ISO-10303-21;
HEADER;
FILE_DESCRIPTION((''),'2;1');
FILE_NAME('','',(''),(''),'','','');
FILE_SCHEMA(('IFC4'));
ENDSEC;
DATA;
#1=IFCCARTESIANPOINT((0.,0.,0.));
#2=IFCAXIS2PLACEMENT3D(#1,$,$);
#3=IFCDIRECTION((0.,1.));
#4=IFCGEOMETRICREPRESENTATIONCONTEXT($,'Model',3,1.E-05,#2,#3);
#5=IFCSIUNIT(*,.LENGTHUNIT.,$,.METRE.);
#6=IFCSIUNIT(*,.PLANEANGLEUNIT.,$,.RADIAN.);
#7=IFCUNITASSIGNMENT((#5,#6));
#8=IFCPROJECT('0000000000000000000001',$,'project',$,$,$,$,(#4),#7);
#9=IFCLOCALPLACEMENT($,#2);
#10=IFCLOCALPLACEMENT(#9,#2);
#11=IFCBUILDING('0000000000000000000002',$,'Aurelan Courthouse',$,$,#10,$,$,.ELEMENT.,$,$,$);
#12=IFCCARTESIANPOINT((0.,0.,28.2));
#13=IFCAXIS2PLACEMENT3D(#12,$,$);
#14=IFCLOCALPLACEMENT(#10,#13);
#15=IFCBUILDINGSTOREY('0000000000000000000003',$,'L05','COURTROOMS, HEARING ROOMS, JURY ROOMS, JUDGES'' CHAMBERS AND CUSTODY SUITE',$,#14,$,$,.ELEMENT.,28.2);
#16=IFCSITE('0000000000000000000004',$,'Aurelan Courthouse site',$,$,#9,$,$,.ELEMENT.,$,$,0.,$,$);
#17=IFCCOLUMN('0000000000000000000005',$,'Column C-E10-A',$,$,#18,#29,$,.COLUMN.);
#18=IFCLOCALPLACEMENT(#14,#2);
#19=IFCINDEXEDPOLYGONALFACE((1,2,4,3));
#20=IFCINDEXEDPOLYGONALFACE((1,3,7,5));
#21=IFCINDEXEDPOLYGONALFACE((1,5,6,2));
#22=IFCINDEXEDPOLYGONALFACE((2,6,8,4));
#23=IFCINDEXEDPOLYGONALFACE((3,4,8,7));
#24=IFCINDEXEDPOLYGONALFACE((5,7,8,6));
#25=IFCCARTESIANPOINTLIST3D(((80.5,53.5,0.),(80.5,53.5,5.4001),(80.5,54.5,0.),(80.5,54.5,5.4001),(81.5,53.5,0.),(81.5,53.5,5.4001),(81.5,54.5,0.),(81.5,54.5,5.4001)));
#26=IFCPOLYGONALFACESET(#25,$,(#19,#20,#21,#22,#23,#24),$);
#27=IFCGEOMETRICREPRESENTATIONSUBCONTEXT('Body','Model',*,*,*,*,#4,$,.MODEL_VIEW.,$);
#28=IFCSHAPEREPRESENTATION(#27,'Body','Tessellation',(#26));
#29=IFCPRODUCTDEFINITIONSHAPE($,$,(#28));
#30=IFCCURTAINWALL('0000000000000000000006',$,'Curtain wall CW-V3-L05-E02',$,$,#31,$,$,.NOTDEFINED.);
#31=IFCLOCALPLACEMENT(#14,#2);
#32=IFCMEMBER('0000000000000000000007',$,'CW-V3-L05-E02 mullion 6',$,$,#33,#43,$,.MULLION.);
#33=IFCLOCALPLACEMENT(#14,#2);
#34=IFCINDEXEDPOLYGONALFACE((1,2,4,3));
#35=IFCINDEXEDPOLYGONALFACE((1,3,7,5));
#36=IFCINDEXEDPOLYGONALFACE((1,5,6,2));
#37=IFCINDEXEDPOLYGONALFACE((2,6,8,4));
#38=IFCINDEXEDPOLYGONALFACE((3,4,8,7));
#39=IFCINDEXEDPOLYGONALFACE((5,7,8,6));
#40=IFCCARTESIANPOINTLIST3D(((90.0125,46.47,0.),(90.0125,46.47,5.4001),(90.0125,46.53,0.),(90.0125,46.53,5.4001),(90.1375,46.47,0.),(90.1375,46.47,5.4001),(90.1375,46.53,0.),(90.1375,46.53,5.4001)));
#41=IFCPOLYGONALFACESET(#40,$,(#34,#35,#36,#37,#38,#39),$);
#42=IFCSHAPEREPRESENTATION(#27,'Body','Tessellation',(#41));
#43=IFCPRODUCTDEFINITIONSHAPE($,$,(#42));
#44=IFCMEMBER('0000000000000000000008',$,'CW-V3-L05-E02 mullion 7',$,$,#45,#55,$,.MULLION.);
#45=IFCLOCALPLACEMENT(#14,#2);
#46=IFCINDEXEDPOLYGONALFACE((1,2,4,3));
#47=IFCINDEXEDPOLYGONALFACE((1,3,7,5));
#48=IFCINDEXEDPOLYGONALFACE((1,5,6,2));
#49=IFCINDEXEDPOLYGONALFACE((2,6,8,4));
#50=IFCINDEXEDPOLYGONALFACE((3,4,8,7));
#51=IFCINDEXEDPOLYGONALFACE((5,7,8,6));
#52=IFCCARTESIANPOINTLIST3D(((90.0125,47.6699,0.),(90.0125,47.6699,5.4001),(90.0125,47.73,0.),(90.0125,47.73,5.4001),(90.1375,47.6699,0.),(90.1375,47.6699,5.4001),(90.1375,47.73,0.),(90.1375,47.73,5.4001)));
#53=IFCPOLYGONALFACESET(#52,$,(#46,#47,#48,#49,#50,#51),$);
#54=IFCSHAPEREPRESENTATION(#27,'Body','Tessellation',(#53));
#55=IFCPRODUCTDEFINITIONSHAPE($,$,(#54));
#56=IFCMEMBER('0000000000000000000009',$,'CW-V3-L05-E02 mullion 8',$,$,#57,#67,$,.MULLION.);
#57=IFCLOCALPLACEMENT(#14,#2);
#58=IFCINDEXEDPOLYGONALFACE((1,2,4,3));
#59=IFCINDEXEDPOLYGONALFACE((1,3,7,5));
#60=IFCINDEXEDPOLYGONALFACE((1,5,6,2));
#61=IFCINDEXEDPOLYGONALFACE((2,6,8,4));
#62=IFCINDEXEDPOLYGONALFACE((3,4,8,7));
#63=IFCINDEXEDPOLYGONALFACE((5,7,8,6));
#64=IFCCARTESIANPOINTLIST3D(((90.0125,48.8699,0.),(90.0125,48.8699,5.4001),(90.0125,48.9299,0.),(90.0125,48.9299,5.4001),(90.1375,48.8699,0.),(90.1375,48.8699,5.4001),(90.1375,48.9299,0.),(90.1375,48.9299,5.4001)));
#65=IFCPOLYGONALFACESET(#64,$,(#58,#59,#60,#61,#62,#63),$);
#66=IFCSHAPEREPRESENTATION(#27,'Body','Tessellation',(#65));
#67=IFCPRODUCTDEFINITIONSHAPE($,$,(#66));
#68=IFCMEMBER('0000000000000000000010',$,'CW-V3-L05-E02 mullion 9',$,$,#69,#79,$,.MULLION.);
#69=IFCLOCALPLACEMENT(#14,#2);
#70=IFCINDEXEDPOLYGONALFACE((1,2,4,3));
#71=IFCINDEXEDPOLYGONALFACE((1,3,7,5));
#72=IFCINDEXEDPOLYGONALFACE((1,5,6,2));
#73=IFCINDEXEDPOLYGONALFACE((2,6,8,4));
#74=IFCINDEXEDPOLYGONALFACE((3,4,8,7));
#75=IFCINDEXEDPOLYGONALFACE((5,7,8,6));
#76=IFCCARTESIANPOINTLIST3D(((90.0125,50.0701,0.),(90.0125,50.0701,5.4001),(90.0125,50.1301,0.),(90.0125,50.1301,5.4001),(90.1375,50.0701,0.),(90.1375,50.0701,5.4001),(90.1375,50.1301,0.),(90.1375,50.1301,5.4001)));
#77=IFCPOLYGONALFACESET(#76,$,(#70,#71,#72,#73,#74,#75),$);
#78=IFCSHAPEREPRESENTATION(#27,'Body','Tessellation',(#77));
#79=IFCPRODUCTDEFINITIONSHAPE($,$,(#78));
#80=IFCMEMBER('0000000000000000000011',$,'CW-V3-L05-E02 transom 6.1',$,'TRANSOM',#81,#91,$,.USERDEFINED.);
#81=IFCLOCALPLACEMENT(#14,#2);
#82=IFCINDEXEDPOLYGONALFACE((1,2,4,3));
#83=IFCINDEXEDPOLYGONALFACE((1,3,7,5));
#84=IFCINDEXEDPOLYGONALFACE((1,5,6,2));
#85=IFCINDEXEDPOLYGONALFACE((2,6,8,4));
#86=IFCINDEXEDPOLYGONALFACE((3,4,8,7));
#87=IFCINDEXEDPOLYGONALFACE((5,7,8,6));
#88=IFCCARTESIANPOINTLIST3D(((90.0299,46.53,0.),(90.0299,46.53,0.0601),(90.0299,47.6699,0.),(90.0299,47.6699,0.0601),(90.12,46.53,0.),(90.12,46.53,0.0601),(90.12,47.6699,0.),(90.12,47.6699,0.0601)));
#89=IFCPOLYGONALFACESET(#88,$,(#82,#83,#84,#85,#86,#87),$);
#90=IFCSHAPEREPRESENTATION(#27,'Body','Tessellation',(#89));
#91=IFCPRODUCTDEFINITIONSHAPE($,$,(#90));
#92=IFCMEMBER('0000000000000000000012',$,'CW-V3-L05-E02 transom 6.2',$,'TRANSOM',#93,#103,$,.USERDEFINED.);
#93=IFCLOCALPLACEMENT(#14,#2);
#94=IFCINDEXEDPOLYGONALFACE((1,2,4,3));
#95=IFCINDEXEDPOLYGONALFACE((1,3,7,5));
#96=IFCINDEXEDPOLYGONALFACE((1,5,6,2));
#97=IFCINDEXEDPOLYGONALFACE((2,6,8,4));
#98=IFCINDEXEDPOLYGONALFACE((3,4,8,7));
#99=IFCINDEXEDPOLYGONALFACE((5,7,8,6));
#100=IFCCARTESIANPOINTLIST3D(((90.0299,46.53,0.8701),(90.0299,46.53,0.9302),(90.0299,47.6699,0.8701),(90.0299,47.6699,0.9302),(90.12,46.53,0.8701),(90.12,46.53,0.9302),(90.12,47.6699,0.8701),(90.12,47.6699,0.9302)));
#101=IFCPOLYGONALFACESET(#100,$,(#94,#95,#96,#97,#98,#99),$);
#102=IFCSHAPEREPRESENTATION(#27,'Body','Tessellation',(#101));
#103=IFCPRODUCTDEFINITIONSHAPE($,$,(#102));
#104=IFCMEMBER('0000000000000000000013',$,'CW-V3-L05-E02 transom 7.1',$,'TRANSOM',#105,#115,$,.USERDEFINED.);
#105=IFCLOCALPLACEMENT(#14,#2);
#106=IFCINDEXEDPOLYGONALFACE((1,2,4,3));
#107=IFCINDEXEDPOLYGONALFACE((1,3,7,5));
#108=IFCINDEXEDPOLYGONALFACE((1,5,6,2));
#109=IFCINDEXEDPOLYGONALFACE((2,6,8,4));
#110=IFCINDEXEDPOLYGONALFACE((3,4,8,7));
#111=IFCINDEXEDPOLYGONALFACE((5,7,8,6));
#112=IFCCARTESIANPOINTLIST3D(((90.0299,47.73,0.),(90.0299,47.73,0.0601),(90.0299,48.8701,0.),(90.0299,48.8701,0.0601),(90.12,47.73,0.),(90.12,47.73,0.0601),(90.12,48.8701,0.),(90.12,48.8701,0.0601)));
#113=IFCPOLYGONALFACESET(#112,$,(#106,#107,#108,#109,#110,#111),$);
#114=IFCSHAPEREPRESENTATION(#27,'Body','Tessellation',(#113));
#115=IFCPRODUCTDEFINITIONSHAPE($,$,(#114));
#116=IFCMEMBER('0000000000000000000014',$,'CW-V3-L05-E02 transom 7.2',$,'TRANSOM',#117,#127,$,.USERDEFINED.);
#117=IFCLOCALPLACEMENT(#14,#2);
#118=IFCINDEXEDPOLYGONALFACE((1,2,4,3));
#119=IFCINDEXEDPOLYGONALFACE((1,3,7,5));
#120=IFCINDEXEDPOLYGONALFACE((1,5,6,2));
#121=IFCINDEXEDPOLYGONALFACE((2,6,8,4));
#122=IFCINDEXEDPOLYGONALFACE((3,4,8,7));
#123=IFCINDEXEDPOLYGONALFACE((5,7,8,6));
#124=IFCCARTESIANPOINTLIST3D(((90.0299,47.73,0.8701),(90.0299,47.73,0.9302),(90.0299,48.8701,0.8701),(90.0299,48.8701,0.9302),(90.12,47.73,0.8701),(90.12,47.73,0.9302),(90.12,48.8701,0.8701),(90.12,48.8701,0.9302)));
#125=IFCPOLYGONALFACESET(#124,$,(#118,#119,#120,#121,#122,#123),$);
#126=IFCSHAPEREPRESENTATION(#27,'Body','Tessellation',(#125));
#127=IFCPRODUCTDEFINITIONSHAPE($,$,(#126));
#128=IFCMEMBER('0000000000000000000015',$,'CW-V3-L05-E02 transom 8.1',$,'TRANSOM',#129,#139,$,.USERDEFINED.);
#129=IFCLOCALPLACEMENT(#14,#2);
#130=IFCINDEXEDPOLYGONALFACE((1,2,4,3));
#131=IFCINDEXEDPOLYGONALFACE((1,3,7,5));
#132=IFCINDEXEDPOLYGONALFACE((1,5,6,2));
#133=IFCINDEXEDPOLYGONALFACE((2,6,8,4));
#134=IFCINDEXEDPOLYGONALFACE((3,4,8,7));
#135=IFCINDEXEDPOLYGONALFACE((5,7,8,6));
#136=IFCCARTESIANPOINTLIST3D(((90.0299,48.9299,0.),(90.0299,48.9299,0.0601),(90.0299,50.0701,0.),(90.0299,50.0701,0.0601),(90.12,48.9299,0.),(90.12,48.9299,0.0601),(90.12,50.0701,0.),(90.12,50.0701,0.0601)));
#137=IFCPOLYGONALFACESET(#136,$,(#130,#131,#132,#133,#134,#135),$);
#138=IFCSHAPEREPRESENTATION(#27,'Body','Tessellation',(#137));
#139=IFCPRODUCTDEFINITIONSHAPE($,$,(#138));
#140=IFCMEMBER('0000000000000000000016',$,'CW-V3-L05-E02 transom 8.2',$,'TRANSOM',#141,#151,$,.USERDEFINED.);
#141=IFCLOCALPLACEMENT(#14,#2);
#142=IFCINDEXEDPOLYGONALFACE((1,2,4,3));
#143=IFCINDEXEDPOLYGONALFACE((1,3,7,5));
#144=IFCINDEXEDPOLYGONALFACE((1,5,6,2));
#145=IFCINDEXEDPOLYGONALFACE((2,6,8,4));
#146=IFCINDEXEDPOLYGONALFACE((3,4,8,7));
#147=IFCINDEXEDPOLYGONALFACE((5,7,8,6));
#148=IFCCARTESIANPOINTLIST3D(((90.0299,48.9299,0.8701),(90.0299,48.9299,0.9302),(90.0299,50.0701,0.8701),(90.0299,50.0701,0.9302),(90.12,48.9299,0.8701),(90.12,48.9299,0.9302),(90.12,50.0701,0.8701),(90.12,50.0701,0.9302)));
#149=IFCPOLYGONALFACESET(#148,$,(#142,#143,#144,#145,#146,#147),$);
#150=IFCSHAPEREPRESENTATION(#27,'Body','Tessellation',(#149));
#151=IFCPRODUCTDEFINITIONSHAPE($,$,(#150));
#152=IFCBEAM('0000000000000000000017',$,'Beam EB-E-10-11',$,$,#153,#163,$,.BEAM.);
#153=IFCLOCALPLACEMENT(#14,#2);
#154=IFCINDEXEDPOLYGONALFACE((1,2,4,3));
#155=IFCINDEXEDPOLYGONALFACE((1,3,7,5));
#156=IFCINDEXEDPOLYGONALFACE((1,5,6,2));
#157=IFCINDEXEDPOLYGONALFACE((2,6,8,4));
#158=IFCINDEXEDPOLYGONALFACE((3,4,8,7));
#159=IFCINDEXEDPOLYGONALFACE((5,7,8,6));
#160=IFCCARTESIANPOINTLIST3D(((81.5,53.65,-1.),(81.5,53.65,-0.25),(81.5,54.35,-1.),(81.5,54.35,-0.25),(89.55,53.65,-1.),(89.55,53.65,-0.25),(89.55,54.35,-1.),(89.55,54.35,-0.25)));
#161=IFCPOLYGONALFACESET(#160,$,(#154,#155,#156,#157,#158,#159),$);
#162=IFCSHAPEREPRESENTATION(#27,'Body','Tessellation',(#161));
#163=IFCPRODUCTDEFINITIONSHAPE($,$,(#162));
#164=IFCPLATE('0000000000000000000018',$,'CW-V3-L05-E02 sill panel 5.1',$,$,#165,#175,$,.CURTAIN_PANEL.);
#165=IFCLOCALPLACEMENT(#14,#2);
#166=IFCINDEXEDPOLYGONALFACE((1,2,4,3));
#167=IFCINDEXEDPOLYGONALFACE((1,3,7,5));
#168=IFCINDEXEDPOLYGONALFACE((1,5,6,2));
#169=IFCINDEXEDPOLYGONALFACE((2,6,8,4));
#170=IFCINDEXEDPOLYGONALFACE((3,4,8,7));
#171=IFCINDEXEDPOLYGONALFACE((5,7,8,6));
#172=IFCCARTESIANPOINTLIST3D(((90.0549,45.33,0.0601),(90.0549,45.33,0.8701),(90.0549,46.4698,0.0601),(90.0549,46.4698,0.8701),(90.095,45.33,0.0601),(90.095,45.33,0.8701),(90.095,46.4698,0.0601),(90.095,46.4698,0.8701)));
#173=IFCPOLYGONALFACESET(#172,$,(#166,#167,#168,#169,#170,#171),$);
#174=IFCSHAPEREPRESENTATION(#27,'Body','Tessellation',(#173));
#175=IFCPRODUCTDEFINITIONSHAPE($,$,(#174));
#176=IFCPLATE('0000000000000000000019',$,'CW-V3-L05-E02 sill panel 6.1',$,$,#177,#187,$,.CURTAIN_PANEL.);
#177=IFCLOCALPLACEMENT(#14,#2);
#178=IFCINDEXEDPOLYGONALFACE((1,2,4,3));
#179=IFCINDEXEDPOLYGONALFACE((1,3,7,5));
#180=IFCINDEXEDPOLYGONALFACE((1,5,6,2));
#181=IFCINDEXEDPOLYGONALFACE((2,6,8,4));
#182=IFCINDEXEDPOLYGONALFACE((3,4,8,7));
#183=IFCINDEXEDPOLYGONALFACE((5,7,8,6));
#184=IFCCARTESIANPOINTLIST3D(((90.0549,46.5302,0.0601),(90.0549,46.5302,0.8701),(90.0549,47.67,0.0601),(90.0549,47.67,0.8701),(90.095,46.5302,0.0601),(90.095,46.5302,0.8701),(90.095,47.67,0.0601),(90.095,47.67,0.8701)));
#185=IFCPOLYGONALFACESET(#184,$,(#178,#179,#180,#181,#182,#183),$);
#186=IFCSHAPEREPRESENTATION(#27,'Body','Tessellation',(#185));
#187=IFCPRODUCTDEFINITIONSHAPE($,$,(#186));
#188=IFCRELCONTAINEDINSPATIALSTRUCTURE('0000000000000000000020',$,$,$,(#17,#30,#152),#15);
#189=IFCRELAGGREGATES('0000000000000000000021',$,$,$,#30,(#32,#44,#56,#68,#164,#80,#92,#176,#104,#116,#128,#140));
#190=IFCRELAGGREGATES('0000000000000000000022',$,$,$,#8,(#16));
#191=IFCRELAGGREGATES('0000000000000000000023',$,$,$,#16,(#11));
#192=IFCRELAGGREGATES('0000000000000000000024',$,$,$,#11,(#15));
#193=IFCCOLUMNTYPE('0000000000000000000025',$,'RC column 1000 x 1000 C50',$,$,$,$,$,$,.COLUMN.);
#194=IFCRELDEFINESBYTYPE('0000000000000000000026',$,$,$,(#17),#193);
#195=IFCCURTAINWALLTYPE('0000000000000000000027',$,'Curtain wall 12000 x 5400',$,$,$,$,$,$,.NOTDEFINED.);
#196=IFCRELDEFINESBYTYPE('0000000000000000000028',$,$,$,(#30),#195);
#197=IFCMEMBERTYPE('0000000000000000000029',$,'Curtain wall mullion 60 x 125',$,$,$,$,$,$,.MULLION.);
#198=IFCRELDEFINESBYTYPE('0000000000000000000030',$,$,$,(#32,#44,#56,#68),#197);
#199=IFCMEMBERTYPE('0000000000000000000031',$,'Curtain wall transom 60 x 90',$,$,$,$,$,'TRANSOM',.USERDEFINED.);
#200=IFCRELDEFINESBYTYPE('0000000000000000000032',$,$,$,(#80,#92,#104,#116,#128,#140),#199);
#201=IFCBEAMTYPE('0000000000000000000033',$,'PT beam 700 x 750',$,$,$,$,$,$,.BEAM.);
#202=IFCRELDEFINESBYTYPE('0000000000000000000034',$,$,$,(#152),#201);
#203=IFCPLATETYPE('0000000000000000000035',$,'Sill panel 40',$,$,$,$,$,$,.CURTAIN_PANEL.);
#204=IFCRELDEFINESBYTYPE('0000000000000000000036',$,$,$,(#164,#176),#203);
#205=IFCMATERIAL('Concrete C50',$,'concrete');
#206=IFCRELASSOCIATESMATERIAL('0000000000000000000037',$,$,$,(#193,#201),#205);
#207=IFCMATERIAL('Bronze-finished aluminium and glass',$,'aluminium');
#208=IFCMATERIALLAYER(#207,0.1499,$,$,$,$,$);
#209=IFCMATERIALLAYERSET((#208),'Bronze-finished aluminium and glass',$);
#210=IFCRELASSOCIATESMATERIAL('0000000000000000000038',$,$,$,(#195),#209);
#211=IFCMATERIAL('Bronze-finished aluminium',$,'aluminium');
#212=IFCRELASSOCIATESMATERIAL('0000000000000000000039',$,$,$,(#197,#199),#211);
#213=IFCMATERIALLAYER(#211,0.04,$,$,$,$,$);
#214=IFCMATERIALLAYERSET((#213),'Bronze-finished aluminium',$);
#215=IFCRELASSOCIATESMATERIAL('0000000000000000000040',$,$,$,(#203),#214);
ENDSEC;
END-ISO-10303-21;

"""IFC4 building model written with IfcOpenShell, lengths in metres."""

from ifc_helpers import new_model, si_unit, direction, frame, origin, origin_2d, place, context, subcontext, project, spatial, rectangle, extrude, material, layer, layer_set, material_profile, profile_set, type_object, element, aggregate, save


model = new_model("IFC4")

# Units and contexts
model_context = context("Model", 3, precision=1e-05, world=origin(), true_north=direction((0.0, 1.0)))
body_context = subcontext(model_context, "Body", "Model", "MODEL_VIEW")
ifc_project = project(units=[si_unit("LENGTHUNIT", "METRE"), si_unit("PLANEANGLEUNIT", "RADIAN")], contexts=[model_context])

# Site, building, storey
site_placement = place(None, origin())
site = spatial("IfcSite", under=ifc_project, at=site_placement, Name="Aurelan Courthouse site", CompositionType="ELEMENT", RefElevation=0.0)
building_placement = place(site_placement, origin())
building = spatial("IfcBuilding", under=site, at=building_placement, Name="Aurelan Courthouse", CompositionType="ELEMENT")
storey_placement = place(building_placement, frame((0.0, 0.0, 28.2)))
storey = spatial("IfcBuildingStorey", under=building, at=storey_placement, Name="L05", Description="COURTROOMS, HEARING ROOMS, JURY ROOMS, JUDGES' CHAMBERS AND CUSTODY SUITE", CompositionType="ELEMENT", Elevation=28.2)

# Column
ifc_material_1 = material(Name="Concrete C50", Category="concrete")
ifc_material_profile_1 = material_profile(ifc_material_1, rectangle(XDim=1.0, YDim=1.0, at=origin_2d()), Name="RC 1000 x 1000")
ifc_profile_set_1 = profile_set([ifc_material_profile_1], Name="Concrete C50")
column_type = type_object("IfcColumnType", Name="RC column 1000 x 1000 C50", PredefinedType="COLUMN", material=ifc_profile_set_1)
column_placement = place(storey_placement, frame((81.0, 54.0, 0.0), z_axis=(0.0, 0.0, 1.0), x_axis=(1.0, 0.0, 0.0)))
element("IfcColumn", 1, at=column_placement, inside=storey, type_object=column_type, Name="Column C-E10-A", PredefinedType="COLUMN", context=body_context, shape_type="SweptSolid", body=[
    extrude(rectangle(XDim=1.0, YDim=1.0, at=origin_2d()), origin(), (0.0, 0.0, 1.0), 5.4001),
])

# Curtain wall, members
ifc_material_2 = material(Name="Bronze-finished aluminium and glass", Category="aluminium")
ifc_layer_1 = layer(ifc_material_2, 0.1499)
ifc_layer_set_1 = layer_set([ifc_layer_1], Name="Bronze-finished aluminium and glass")
curtain_wall_type = type_object("IfcCurtainWallType", Name="Curtain wall 12000 x 5400", PredefinedType="NOTDEFINED", material=ifc_layer_set_1)
curtain_wall_placement = place(storey_placement, origin())
curtain_wall = element("IfcCurtainWall", 2, at=curtain_wall_placement, inside=storey, type_object=curtain_wall_type, Name="Curtain wall CW-V3-L05-E02", PredefinedType="NOTDEFINED")
ifc_material_3 = material(Name="Bronze-finished aluminium", Category="aluminium")
ifc_material_profile_2 = material_profile(ifc_material_3, rectangle(XDim=0.125, YDim=0.0601, at=origin_2d()), Name="Bronze mullion 60 x 125")
ifc_profile_set_2 = profile_set([ifc_material_profile_2], Name="Bronze-finished aluminium")
member_type_1 = type_object("IfcMemberType", Name="Curtain wall mullion 60 x 125", PredefinedType="MULLION", material=ifc_profile_set_2)
member_1_placement = place(storey_placement, frame((90.075, 46.5, 0.0), z_axis=(0.0, 0.0, 1.0), x_axis=(-1.0, 0.0, 0.0)))
member_1 = element("IfcMember", 3, at=member_1_placement, type_object=member_type_1, Name="CW-V3-L05-E02 mullion 6", PredefinedType="MULLION", context=body_context, shape_type="SweptSolid", body=[
    extrude(rectangle(XDim=0.125, YDim=0.0601, at=origin_2d()), origin(), (0.0, 0.0, 1.0), 5.4001),
])
member_2_placement = place(storey_placement, frame((90.075, 47.7, 0.0), z_axis=(0.0, 0.0, 1.0), x_axis=(-1.0, 0.0, 0.0)))
member_2 = element("IfcMember", 4, at=member_2_placement, type_object=member_type_1, Name="CW-V3-L05-E02 mullion 7", PredefinedType="MULLION", context=body_context, shape_type="SweptSolid", body=[
    extrude(rectangle(XDim=0.125, YDim=0.0601, at=origin_2d()), origin(), (0.0, 0.0, 1.0), 5.4001),
])
member_3_placement = place(storey_placement, frame((90.075, 48.8999, 0.0), z_axis=(0.0, 0.0, 1.0), x_axis=(-1.0, 0.0, 0.0)))
member_3 = element("IfcMember", 5, at=member_3_placement, type_object=member_type_1, Name="CW-V3-L05-E02 mullion 8", PredefinedType="MULLION", context=body_context, shape_type="SweptSolid", body=[
    extrude(rectangle(XDim=0.125, YDim=0.0601, at=origin_2d()), origin(), (0.0, 0.0, 1.0), 5.4001),
])
member_4_placement = place(storey_placement, frame((90.075, 50.1001, 0.0), z_axis=(0.0, 0.0, 1.0), x_axis=(-1.0, 0.0, 0.0)))
member_4 = element("IfcMember", 6, at=member_4_placement, type_object=member_type_1, Name="CW-V3-L05-E02 mullion 9", PredefinedType="MULLION", context=body_context, shape_type="SweptSolid", body=[
    extrude(rectangle(XDim=0.125, YDim=0.0601, at=origin_2d()), origin(), (0.0, 0.0, 1.0), 5.4001),
])
ifc_material_profile_3 = material_profile(ifc_material_3, rectangle(XDim=0.0901, YDim=0.0601, at=origin_2d()), Name="Bronze transom 60 x 90")
ifc_profile_set_3 = profile_set([ifc_material_profile_3], Name="Bronze-finished aluminium")
member_type_2 = type_object("IfcMemberType", Name="Curtain wall transom 60 x 90", ElementType="TRANSOM", PredefinedType="USERDEFINED", material=ifc_profile_set_3)
member_5_placement = place(storey_placement, frame((90.075, 46.53, 0.03), z_axis=(0.0, 1.0, 0.0), x_axis=(-1.0, 0.0, 0.0)))
member_5 = element("IfcMember", 7, at=member_5_placement, type_object=member_type_2, Name="CW-V3-L05-E02 transom 6.1", ObjectType="TRANSOM", PredefinedType="USERDEFINED", context=body_context, shape_type="SweptSolid", body=[
    extrude(rectangle(XDim=0.0901, YDim=0.0601, at=origin_2d()), origin(), (0.0, 0.0, 1.0), 1.1399),
])
member_6_placement = place(storey_placement, frame((90.075, 46.53, 0.9001), z_axis=(0.0, 1.0, 0.0), x_axis=(-1.0, 0.0, 0.0)))
member_6 = element("IfcMember", 8, at=member_6_placement, type_object=member_type_2, Name="CW-V3-L05-E02 transom 6.2", ObjectType="TRANSOM", PredefinedType="USERDEFINED", context=body_context, shape_type="SweptSolid", body=[
    extrude(rectangle(XDim=0.0901, YDim=0.0601, at=origin_2d()), origin(), (0.0, 0.0, 1.0), 1.1399),
])
member_7_placement = place(storey_placement, frame((90.075, 47.73, 0.03), z_axis=(0.0, 1.0, 0.0), x_axis=(-1.0, 0.0, 0.0)))
member_7 = element("IfcMember", 9, at=member_7_placement, type_object=member_type_2, Name="CW-V3-L05-E02 transom 7.1", ObjectType="TRANSOM", PredefinedType="USERDEFINED", context=body_context, shape_type="SweptSolid", body=[
    extrude(rectangle(XDim=0.0901, YDim=0.0601, at=origin_2d()), origin(), (0.0, 0.0, 1.0), 1.1401),
])
member_8_placement = place(storey_placement, frame((90.075, 47.73, 0.9001), z_axis=(0.0, 1.0, 0.0), x_axis=(-1.0, 0.0, 0.0)))
member_8 = element("IfcMember", 10, at=member_8_placement, type_object=member_type_2, Name="CW-V3-L05-E02 transom 7.2", ObjectType="TRANSOM", PredefinedType="USERDEFINED", context=body_context, shape_type="SweptSolid", body=[
    extrude(rectangle(XDim=0.0901, YDim=0.0601, at=origin_2d()), origin(), (0.0, 0.0, 1.0), 1.1401),
])
member_9_placement = place(storey_placement, frame((90.075, 48.9299, 0.03), z_axis=(0.0, 1.0, 0.0), x_axis=(-1.0, 0.0, 0.0)))
member_9 = element("IfcMember", 11, at=member_9_placement, type_object=member_type_2, Name="CW-V3-L05-E02 transom 8.1", ObjectType="TRANSOM", PredefinedType="USERDEFINED", context=body_context, shape_type="SweptSolid", body=[
    extrude(rectangle(XDim=0.0901, YDim=0.0601, at=origin_2d()), origin(), (0.0, 0.0, 1.0), 1.1401),
])
member_10_placement = place(storey_placement, frame((90.075, 48.9299, 0.9001), z_axis=(0.0, 1.0, 0.0), x_axis=(-1.0, 0.0, 0.0)))
member_10 = element("IfcMember", 12, at=member_10_placement, type_object=member_type_2, Name="CW-V3-L05-E02 transom 8.2", ObjectType="TRANSOM", PredefinedType="USERDEFINED", context=body_context, shape_type="SweptSolid", body=[
    extrude(rectangle(XDim=0.0901, YDim=0.0601, at=origin_2d()), origin(), (0.0, 0.0, 1.0), 1.1401),
])

# Beam
ifc_material_profile_4 = material_profile(ifc_material_1, rectangle(XDim=0.7, YDim=0.75, at=origin_2d()), Name="RC 700 x 750")
ifc_profile_set_4 = profile_set([ifc_material_profile_4], Name="Concrete C50")
beam_type = type_object("IfcBeamType", Name="PT beam 700 x 750", PredefinedType="BEAM", material=ifc_profile_set_4)
beam_placement = place(storey_placement, frame((81.5, 54.0, -0.625), z_axis=(1.0, 0.0, 0.0), x_axis=(0.0, 1.0, 0.0)))
element("IfcBeam", 13, at=beam_placement, inside=storey, type_object=beam_type, Name="Beam EB-E-10-11", PredefinedType="BEAM", context=body_context, shape_type="SweptSolid", body=[
    extrude(rectangle(XDim=0.7, YDim=0.75, at=origin_2d()), origin(), (0.0, 0.0, 1.0), 8.05),
])

# Plates
ifc_layer_2 = layer(ifc_material_3, 0.04)
ifc_layer_set_2 = layer_set([ifc_layer_2], Name="Bronze-finished aluminium")
plate_type_1 = type_object("IfcPlateType", Name="Sill panel 40", PredefinedType="CURTAIN_PANEL", material=ifc_layer_set_2)
plate_1_placement = place(storey_placement, frame((90.075, 45.8999, 0.0601), z_axis=(0.0, 0.0, 1.0), x_axis=(0.0, 1.0, 0.0)))
plate_1 = element("IfcPlate", 14, at=plate_1_placement, type_object=plate_type_1, Name="CW-V3-L05-E02 sill panel 5.1", PredefinedType="CURTAIN_PANEL", context=body_context, shape_type="SweptSolid", body=[
    extrude(rectangle(XDim=1.1399, YDim=0.04, at=origin_2d()), origin(), (0.0, 0.0, 1.0), 0.8101),
])
plate_2_placement = place(storey_placement, frame((90.075, 47.1001, 0.0601), z_axis=(0.0, 0.0, 1.0), x_axis=(0.0, 1.0, 0.0)))
plate_2 = element("IfcPlate", 15, at=plate_2_placement, type_object=plate_type_1, Name="CW-V3-L05-E02 sill panel 6.1", PredefinedType="CURTAIN_PANEL", context=body_context, shape_type="SweptSolid", body=[
    extrude(rectangle(XDim=1.1399, YDim=0.04, at=origin_2d()), origin(), (0.0, 0.0, 1.0), 0.8101),
])
aggregate(curtain_wall, [member_1, member_2, member_3, member_4, plate_1, member_5, member_6, plate_2, member_7, member_8, member_9, member_10])

save(model, "model.ifc")
